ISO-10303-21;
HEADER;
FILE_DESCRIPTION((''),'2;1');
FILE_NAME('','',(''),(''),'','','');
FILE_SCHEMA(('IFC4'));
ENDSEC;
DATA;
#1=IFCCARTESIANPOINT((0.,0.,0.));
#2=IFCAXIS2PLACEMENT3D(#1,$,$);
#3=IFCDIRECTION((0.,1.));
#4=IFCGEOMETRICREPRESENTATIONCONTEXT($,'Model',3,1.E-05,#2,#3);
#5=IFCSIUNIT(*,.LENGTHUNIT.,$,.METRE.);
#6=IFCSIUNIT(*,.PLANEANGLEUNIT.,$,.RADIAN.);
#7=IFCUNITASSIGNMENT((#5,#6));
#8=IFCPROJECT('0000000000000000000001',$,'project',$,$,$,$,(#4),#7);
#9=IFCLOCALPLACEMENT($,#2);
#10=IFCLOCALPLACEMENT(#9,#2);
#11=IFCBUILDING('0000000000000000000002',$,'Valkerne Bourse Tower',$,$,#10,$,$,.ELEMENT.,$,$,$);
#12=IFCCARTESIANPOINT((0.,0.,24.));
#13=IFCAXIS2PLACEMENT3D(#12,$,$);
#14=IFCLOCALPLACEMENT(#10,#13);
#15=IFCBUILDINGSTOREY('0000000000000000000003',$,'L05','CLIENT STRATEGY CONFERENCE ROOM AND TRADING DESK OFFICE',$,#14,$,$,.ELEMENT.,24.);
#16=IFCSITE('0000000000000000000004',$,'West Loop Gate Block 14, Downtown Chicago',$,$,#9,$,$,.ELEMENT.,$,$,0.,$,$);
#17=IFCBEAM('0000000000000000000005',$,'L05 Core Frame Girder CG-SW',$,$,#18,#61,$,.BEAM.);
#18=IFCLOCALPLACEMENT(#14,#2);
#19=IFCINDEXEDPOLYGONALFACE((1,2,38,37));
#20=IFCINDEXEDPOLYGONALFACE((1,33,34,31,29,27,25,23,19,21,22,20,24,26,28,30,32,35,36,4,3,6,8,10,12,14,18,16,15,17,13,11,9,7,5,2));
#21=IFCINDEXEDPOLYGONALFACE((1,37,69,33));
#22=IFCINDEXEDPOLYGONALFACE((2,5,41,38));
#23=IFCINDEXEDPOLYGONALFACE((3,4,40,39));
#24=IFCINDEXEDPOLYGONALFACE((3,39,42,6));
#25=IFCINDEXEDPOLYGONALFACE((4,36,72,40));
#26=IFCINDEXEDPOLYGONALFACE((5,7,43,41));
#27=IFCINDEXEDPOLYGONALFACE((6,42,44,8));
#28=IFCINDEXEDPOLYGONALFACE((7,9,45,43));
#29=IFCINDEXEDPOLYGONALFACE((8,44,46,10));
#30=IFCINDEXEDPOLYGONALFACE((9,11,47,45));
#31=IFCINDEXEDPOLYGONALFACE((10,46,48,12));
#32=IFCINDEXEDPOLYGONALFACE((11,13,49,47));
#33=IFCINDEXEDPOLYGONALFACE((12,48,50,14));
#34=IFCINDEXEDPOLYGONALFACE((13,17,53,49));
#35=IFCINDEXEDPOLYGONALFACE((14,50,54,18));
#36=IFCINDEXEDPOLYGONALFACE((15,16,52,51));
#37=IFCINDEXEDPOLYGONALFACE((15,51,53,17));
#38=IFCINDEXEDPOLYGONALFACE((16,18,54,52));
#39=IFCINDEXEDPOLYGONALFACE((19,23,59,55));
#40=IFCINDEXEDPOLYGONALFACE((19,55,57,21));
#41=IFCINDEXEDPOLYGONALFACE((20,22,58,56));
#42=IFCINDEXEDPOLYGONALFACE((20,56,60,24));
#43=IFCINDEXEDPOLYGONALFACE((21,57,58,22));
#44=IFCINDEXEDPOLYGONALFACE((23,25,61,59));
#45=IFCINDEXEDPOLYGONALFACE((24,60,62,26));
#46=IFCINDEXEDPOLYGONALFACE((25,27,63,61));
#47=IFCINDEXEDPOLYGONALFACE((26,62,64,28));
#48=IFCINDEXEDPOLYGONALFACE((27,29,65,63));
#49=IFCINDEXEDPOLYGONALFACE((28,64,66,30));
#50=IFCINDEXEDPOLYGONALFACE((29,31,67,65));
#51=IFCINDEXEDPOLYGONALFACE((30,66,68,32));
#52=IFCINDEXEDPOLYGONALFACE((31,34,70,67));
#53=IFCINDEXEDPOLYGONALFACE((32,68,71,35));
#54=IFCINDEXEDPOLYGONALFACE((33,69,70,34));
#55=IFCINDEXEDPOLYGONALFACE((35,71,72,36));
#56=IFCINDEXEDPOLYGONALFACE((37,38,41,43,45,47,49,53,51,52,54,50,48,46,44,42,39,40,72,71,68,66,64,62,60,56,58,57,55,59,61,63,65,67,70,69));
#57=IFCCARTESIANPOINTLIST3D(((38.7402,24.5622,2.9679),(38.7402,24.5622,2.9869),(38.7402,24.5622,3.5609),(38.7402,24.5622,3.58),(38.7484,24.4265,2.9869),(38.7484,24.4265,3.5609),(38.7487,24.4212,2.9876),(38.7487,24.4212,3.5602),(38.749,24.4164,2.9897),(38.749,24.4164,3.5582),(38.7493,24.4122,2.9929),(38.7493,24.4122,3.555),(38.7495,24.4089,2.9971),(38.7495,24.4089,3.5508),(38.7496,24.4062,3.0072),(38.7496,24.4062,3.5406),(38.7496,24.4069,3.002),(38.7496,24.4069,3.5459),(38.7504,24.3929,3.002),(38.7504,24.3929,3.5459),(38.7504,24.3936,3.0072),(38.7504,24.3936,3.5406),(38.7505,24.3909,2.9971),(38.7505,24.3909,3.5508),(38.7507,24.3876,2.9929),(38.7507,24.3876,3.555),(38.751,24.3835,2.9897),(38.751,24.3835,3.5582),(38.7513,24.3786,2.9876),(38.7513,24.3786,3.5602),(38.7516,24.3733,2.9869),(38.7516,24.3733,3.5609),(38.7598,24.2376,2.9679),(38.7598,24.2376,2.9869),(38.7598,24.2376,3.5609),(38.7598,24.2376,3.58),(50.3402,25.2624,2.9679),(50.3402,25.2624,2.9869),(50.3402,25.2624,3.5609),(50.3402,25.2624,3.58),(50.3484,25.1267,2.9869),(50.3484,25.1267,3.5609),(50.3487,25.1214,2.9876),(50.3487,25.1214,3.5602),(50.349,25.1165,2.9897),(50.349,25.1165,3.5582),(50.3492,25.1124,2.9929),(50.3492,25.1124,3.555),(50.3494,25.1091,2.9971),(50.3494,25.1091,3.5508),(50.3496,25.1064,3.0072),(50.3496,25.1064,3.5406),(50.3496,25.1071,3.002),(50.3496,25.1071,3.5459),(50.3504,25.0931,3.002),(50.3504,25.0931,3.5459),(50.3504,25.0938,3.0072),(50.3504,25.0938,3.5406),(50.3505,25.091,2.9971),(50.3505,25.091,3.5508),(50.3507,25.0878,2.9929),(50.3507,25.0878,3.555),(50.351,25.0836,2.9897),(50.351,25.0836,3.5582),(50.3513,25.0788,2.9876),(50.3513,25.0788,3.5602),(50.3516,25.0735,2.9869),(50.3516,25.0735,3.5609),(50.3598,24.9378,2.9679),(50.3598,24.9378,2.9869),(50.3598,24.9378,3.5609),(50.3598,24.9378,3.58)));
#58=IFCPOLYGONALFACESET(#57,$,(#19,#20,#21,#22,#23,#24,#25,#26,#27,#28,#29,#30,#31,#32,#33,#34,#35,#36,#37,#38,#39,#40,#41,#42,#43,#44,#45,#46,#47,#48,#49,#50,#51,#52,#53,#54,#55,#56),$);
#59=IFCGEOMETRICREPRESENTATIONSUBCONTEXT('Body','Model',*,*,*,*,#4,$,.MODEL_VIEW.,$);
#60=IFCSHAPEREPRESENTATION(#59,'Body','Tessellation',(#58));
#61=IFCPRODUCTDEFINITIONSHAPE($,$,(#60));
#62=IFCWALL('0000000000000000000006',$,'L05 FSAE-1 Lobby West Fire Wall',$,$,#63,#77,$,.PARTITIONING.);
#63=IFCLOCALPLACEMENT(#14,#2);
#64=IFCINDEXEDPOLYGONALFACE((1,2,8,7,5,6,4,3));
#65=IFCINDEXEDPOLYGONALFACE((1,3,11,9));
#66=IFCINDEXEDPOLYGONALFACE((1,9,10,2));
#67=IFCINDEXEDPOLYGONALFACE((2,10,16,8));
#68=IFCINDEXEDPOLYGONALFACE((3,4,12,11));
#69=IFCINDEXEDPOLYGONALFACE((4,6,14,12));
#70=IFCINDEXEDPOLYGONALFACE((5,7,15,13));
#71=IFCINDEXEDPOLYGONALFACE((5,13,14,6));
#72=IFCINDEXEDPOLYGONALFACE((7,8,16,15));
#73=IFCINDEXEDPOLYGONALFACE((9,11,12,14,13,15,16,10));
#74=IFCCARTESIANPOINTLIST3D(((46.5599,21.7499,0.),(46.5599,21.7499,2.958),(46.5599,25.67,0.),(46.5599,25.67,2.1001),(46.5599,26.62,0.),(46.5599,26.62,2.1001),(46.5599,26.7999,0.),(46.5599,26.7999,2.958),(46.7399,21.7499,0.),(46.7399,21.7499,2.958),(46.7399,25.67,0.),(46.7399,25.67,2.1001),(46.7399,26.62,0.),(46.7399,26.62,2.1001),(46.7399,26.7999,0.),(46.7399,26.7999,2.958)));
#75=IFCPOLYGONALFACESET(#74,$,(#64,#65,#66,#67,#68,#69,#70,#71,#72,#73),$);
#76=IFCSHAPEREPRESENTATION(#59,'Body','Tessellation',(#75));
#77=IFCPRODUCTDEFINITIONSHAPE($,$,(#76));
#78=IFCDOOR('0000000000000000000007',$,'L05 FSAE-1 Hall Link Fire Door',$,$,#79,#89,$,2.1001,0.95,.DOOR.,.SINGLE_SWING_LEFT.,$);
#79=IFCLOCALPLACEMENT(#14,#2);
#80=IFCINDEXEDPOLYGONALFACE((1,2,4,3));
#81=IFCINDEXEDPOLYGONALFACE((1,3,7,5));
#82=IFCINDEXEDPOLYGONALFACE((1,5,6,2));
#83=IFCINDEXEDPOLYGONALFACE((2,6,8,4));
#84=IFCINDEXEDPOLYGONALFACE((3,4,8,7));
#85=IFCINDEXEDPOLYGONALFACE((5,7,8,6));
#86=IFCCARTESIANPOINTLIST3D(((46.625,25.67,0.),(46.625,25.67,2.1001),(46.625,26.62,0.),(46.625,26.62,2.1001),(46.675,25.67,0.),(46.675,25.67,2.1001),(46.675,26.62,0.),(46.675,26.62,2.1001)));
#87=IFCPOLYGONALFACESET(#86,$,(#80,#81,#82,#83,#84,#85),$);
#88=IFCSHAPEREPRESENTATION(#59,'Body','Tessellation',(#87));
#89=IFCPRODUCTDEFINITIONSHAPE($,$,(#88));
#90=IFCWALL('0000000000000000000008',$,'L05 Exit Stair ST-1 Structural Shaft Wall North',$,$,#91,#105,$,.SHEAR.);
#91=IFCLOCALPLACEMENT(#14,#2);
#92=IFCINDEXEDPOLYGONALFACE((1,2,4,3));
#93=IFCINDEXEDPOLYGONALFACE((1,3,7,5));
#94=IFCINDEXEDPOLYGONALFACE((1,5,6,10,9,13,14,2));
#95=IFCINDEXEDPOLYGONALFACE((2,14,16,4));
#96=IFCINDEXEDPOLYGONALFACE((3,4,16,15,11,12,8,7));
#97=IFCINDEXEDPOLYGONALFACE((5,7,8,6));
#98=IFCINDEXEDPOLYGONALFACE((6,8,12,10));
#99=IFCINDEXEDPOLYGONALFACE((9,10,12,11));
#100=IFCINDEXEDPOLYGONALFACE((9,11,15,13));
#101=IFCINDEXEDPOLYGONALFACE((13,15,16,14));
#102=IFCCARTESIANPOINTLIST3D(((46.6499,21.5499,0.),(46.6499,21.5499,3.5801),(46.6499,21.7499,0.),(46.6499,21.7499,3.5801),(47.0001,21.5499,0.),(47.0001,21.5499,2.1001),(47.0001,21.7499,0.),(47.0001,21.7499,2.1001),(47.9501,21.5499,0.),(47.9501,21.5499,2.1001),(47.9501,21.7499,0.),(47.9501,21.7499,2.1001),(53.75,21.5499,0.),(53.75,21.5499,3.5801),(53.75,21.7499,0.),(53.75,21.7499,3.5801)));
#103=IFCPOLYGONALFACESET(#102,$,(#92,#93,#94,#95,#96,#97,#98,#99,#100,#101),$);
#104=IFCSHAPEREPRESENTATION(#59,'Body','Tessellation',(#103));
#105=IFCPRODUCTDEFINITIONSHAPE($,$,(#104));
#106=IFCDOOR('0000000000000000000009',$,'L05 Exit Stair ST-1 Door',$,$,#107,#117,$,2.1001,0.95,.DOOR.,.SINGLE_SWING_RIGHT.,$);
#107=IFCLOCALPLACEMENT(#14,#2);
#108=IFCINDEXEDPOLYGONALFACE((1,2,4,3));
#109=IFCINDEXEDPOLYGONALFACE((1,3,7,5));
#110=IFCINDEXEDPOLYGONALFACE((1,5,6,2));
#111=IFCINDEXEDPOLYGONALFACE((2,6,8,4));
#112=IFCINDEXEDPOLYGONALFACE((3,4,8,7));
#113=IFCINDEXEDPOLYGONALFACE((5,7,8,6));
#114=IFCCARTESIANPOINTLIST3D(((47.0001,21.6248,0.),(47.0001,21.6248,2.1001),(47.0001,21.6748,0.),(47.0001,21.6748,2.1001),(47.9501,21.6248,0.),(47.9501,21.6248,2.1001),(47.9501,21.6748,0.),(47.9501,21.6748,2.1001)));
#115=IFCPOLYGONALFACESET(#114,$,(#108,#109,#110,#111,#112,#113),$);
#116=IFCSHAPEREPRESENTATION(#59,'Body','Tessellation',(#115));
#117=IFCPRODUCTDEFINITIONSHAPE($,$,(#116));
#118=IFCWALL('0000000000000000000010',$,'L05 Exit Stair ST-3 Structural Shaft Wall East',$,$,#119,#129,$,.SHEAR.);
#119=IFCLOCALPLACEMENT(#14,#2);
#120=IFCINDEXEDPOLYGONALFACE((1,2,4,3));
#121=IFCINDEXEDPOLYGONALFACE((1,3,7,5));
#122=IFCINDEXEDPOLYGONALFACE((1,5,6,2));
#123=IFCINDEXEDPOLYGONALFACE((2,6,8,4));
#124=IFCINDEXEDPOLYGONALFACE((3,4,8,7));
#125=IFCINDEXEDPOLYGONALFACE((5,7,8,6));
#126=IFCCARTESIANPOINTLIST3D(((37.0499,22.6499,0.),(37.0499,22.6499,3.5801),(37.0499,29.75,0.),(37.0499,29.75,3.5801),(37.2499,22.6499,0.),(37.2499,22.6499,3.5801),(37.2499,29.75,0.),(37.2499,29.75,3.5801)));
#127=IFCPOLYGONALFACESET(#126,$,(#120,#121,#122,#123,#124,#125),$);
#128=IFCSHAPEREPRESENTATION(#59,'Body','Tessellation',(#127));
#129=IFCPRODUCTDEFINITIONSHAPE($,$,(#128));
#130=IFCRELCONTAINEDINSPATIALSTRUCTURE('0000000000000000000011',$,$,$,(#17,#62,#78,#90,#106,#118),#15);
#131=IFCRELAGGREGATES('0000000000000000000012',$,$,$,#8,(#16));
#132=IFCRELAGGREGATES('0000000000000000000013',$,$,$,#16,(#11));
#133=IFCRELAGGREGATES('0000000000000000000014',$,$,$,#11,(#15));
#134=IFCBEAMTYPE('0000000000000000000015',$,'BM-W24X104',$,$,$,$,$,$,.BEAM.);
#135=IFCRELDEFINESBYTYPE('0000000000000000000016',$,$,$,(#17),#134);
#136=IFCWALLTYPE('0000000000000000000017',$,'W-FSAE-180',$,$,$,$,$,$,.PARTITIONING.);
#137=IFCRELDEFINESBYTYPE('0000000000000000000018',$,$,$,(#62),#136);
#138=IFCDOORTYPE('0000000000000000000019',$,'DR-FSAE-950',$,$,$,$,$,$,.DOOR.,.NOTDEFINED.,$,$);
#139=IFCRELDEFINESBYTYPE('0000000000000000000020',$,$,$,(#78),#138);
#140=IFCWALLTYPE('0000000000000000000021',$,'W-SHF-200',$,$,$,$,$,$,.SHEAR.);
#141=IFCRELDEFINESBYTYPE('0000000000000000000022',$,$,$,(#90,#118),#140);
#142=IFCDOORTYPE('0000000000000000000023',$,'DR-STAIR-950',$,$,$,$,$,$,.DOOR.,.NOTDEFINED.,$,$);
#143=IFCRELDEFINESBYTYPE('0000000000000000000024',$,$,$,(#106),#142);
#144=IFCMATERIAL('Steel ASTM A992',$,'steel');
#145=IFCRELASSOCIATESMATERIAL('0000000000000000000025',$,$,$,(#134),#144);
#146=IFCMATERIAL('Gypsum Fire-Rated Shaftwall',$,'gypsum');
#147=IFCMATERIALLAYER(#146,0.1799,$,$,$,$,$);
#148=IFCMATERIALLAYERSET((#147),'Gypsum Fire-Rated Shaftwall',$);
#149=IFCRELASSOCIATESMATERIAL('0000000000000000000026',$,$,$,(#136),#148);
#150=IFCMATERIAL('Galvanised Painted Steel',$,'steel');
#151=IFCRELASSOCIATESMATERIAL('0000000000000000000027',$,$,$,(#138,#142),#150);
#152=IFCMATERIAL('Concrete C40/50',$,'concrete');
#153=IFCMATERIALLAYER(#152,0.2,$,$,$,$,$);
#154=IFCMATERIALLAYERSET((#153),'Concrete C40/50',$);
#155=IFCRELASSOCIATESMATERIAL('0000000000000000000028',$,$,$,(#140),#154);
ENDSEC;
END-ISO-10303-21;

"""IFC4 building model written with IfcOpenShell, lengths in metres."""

from ifc_helpers import new_model, si_unit, direction, frame, frame_2d, origin, origin_2d, place, context, subcontext, project, spatial, rectangle, i_section, extrude, material, layer, layer_set, material_profile, profile_set, type_object, element, fill, save


model = new_model("IFC4")

# Units and contexts
model_context = context("Model", 3, precision=1e-05, world=origin(), true_north=direction((0.0, 1.0)))
body_context = subcontext(model_context, "Body", "Model", "MODEL_VIEW")
ifc_project = project(units=[si_unit("LENGTHUNIT", "METRE"), si_unit("PLANEANGLEUNIT", "RADIAN")], contexts=[model_context])

# Site, building, storey
site_placement = place(None, origin())
site = spatial("IfcSite", under=ifc_project, at=site_placement, Name="West Loop Gate Block 14, Downtown Chicago", CompositionType="ELEMENT", RefElevation=0.0)
building_placement = place(site_placement, origin())
building = spatial("IfcBuilding", under=site, at=building_placement, Name="Valkerne Bourse Tower", CompositionType="ELEMENT")
storey_placement = place(building_placement, frame((0.0, 0.0, 24.0)))
storey = spatial("IfcBuildingStorey", under=building, at=storey_placement, Name="L05", Description="CLIENT STRATEGY CONFERENCE ROOM AND TRADING DESK OFFICE", CompositionType="ELEMENT", Elevation=24.0)

# Beam
ifc_material_1 = material(Name="Steel ASTM A992", Category="steel")
ifc_material_profile_1 = material_profile(ifc_material_1, i_section(OverallWidth=0.3252, OverallDepth=0.6121, WebThickness=0.0127, FlangeThickness=0.019, FilletRadius=0.0203, at=origin_2d()), Name="W24X104")
ifc_profile_set_1 = profile_set([ifc_material_profile_1], Name="Steel ASTM A992")
beam_type = type_object("IfcBeamType", Name="BM-W24X104", PredefinedType="BEAM", material=ifc_profile_set_1)
beam_1_placement = place(storey_placement, frame((38.75, 24.3999, 3.2739), z_axis=(0.998183, 0.060251, 0.0), x_axis=(-0.060251, 0.998183, 0.0)))
element("IfcBeam", 1, at=beam_1_placement, inside=storey, type_object=beam_type, Name="L05 Core Frame Girder CG-SW", PredefinedType="BEAM", context=body_context, shape_type="SweptSolid", body=[
    extrude(i_section(OverallWidth=0.3252, OverallDepth=0.6121, WebThickness=0.0127, FlangeThickness=0.019, FilletRadius=0.0203, at=origin_2d()), origin(), (0.0, 0.0, 1.0), 11.6211),
])

# Wall, opening, door
ifc_material_2 = material(Name="Gypsum Fire-Rated Shaftwall", Category="gypsum")
ifc_layer_1 = layer(ifc_material_2, 0.1799)
ifc_layer_set_1 = layer_set([ifc_layer_1], Name="Gypsum Fire-Rated Shaftwall")
wall_type_1 = type_object("IfcWallType", Name="W-FSAE-180", PredefinedType="PARTITIONING", material=ifc_layer_set_1)
wall_1_placement = place(storey_placement, frame((46.6499, 21.75, 0.0), z_axis=(0.0, 0.0, 1.0), x_axis=(0.0, 1.0, 0.0)))
wall_1 = element("IfcWall", 2, at=wall_1_placement, inside=storey, type_object=wall_type_1, Name="L05 FSAE-1 Lobby West Fire Wall", PredefinedType="PARTITIONING", context=body_context, shape_type="SweptSolid", body=[
    extrude(rectangle(XDim=5.05, YDim=0.1799, at=frame_2d((2.5249, 0.0))), origin(), (0.0, 0.0, 1.0), 2.958),
])
opening_1_placement = place(wall_1_placement, frame((3.9199, 0.0, 0.0)))
opening_1 = element("IfcOpeningElement", 3, at=opening_1_placement, cuts=wall_1, PredefinedType="OPENING", context=body_context, shape_type="SweptSolid", body=[
    extrude(rectangle(XDim=0.95, YDim=2.1001, at=frame_2d((0.4751, 1.05))), frame((0.0, 0.0999, 0.0), z_axis=(0.0, -1.0, 0.0), x_axis=(1.0, 0.0, 0.0)), (0.0, 0.0, 1.0), 0.2),
])
ifc_material_3 = material(Name="Galvanised Painted Steel", Category="steel")
door_type_1 = type_object("IfcDoorType", Name="DR-FSAE-950", OperationType="NOTDEFINED", PredefinedType="DOOR", material=ifc_material_3)
door_1_placement = place(opening_1_placement, origin())
door_1 = element("IfcDoor", 4, at=door_1_placement, inside=storey, type_object=door_type_1, Name="L05 FSAE-1 Hall Link Fire Door", OperationType="SINGLE_SWING_LEFT", OverallHeight=2.1001, OverallWidth=0.95, PredefinedType="DOOR", context=body_context, shape_type="SweptSolid", body=[
    extrude(rectangle(XDim=0.95, YDim=2.1001, at=frame_2d((0.4751, 1.05))), frame((0.0, 0.0249, 0.0), z_axis=(0.0, -1.0, 0.0), x_axis=(1.0, 0.0, 0.0)), (0.0, 0.0, 1.0), 0.05),
])
fill(opening_1, door_1)

# Wall, opening, door
ifc_material_4 = material(Name="Concrete C40/50", Category="concrete")
ifc_layer_2 = layer(ifc_material_4, 0.2)
ifc_layer_set_2 = layer_set([ifc_layer_2], Name="Concrete C40/50")
wall_type_2 = type_object("IfcWallType", Name="W-SHF-200", PredefinedType="SHEAR", material=ifc_layer_set_2)
wall_2_placement = place(storey_placement, frame((46.6499, 21.6499, 0.0), z_axis=(0.0, 0.0, 1.0), x_axis=(1.0, 0.0, 0.0)))
wall_2 = element("IfcWall", 5, at=wall_2_placement, inside=storey, type_object=wall_type_2, Name="L05 Exit Stair ST-1 Structural Shaft Wall North", PredefinedType="SHEAR", context=body_context, shape_type="SweptSolid", body=[
    extrude(rectangle(XDim=7.1001, YDim=0.2, at=frame_2d((3.55, 0.0))), origin(), (0.0, 0.0, 1.0), 3.5801),
])
opening_2_placement = place(wall_2_placement, frame((0.3501, 0.0, 0.0)))
opening_2 = element("IfcOpeningElement", 6, at=opening_2_placement, cuts=wall_2, PredefinedType="OPENING", context=body_context, shape_type="SweptSolid", body=[
    extrude(rectangle(XDim=0.95, YDim=2.1001, at=frame_2d((0.4751, 1.05))), frame((0.0, 0.1099, 0.0), z_axis=(0.0, -1.0, 0.0), x_axis=(1.0, 0.0, 0.0)), (0.0, 0.0, 1.0), 0.22),
])
door_type_2 = type_object("IfcDoorType", Name="DR-STAIR-950", OperationType="NOTDEFINED", PredefinedType="DOOR", material=ifc_material_3)
door_2_placement = place(opening_2_placement, origin())
door_2 = element("IfcDoor", 7, at=door_2_placement, inside=storey, type_object=door_type_2, Name="L05 Exit Stair ST-1 Door", OperationType="SINGLE_SWING_RIGHT", OverallHeight=2.1001, OverallWidth=0.95, PredefinedType="DOOR", context=body_context, shape_type="SweptSolid", body=[
    extrude(rectangle(XDim=0.95, YDim=2.1001, at=frame_2d((0.4751, 1.05))), frame((0.0, 0.0249, 0.0), z_axis=(0.0, -1.0, 0.0), x_axis=(1.0, 0.0, 0.0)), (0.0, 0.0, 1.0), 0.05),
])
fill(opening_2, door_2)

# Wall
wall_3_placement = place(storey_placement, frame((37.1499, 22.6499, 0.0), z_axis=(0.0, 0.0, 1.0), x_axis=(0.0, 1.0, 0.0)))
element("IfcWall", 8, at=wall_3_placement, inside=storey, type_object=wall_type_2, Name="L05 Exit Stair ST-3 Structural Shaft Wall East", PredefinedType="SHEAR", context=body_context, shape_type="SweptSolid", body=[
    extrude(rectangle(XDim=7.1001, YDim=0.2, at=frame_2d((3.55, 0.0))), origin(), (0.0, 0.0, 1.0), 3.5801),
])

save(model, "model.ifc")
